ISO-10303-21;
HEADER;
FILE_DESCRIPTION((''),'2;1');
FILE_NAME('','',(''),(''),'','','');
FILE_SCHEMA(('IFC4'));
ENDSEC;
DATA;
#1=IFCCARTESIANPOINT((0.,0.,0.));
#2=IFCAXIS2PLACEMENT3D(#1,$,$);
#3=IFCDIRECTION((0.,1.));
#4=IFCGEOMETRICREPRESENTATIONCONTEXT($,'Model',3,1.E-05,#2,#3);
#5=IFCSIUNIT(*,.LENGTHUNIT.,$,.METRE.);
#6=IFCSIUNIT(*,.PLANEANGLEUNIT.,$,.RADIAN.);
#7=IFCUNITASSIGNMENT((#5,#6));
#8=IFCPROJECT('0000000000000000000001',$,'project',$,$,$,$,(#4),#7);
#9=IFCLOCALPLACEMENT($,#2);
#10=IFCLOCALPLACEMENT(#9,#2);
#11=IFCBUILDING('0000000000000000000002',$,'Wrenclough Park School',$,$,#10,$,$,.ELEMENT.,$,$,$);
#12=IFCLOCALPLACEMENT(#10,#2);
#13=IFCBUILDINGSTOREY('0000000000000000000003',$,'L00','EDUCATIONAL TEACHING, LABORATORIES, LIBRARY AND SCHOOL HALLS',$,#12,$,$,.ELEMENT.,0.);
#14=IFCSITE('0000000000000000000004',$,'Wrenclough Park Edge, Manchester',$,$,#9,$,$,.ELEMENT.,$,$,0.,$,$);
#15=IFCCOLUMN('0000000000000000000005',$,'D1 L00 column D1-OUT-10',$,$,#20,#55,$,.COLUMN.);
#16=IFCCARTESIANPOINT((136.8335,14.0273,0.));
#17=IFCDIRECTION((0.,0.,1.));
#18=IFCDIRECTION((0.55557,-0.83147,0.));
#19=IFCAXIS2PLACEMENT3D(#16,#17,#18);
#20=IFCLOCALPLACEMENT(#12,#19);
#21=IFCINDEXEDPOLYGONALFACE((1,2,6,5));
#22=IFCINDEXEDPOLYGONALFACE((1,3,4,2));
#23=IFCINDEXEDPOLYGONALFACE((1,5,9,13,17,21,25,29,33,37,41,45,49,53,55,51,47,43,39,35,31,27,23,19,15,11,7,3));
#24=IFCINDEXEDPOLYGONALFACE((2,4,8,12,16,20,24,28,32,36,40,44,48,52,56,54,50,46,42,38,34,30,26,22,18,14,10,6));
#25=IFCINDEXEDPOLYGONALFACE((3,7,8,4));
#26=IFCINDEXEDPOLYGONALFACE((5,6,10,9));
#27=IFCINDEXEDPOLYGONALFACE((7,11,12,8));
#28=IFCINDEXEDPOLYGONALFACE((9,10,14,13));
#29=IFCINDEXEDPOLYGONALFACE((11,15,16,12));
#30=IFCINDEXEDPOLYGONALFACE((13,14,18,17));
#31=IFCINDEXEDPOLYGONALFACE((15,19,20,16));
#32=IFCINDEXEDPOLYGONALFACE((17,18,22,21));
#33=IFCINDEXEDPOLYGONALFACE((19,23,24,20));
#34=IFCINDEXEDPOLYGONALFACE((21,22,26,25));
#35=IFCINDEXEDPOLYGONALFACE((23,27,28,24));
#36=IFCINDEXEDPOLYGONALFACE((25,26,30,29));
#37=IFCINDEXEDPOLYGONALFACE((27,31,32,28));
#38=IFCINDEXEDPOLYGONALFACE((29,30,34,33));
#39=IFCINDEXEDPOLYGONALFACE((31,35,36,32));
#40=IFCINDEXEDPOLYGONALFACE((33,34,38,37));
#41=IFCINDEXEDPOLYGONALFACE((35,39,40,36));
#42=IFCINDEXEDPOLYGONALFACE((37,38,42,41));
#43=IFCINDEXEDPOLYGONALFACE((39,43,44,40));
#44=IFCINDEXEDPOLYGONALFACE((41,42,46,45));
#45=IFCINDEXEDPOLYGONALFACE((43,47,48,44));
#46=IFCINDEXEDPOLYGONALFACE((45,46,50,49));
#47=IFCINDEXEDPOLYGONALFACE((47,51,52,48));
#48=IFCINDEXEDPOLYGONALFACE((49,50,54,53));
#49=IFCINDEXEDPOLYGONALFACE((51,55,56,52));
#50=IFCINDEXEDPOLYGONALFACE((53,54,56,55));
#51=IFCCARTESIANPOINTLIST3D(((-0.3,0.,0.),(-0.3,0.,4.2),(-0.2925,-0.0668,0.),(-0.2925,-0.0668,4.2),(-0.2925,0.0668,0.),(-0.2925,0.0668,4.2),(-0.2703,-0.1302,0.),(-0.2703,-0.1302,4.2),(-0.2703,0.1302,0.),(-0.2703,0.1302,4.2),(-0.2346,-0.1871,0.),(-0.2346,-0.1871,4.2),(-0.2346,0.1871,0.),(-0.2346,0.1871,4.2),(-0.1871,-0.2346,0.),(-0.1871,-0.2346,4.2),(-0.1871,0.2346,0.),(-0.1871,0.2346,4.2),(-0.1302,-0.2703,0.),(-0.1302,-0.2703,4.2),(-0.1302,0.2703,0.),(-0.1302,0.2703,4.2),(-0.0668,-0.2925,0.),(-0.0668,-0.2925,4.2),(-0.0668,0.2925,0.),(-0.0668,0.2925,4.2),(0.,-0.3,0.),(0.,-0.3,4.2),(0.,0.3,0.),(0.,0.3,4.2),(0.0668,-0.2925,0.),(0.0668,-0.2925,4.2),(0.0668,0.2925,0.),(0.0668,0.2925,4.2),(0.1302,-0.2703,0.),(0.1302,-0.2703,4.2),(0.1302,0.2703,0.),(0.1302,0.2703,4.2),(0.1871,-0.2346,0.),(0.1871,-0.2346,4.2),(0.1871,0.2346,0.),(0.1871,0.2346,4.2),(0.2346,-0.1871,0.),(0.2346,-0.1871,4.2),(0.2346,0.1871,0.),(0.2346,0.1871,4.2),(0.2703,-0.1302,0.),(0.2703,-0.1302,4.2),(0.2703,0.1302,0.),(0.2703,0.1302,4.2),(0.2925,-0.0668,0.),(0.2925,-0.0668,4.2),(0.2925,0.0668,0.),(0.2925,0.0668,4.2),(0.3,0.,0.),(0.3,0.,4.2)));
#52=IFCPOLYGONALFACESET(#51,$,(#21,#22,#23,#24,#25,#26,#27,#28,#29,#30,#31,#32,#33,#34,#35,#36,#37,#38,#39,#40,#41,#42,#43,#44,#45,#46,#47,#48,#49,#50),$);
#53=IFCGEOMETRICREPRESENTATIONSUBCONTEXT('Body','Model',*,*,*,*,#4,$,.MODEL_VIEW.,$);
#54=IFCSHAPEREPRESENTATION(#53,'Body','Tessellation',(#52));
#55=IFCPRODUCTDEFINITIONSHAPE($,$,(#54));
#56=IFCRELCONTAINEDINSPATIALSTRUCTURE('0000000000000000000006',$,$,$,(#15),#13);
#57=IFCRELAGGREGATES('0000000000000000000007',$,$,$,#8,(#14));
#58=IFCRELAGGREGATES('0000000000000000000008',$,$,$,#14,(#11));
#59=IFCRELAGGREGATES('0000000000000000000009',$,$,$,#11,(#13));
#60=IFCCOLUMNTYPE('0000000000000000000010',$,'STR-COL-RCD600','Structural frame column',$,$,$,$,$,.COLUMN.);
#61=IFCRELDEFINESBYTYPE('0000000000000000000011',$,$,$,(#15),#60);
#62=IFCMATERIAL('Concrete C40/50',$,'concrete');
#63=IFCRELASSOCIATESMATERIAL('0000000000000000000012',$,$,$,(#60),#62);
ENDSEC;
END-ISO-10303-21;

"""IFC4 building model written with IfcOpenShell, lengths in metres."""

from ifc_helpers import new_model, si_unit, direction, frame, origin, origin_2d, place, context, subcontext, project, spatial, circle, extrude, material, material_profile, profile_set, type_object, element, save


model = new_model("IFC4")

# Units and contexts
model_context = context("Model", 3, precision=1e-05, world=origin(), true_north=direction((0.0, 1.0)))
body_context = subcontext(model_context, "Body", "Model", "MODEL_VIEW")
ifc_project = project(units=[si_unit("LENGTHUNIT", "METRE"), si_unit("PLANEANGLEUNIT", "RADIAN")], contexts=[model_context])

# Site, building, storey
site_placement = place(None, origin())
site = spatial("IfcSite", under=ifc_project, at=site_placement, Name="Wrenclough Park Edge, Manchester", CompositionType="ELEMENT", RefElevation=0.0)
building_placement = place(site_placement, origin())
building = spatial("IfcBuilding", under=site, at=building_placement, Name="Wrenclough Park School", CompositionType="ELEMENT")
storey_placement = place(building_placement, origin())
storey = spatial("IfcBuildingStorey", under=building, at=storey_placement, Name="L00", Description="EDUCATIONAL TEACHING, LABORATORIES, LIBRARY AND SCHOOL HALLS", CompositionType="ELEMENT", Elevation=0.0)

# Column
ifc_material_1 = material(Name="Concrete C40/50", Category="concrete")
ifc_material_profile_1 = material_profile(ifc_material_1, circle(Radius=0.3, at=origin_2d()), Name="RC COL D600")
ifc_profile_set_1 = profile_set([ifc_material_profile_1], Name="Concrete C40/50")
column_type = type_object("IfcColumnType", Name="STR-COL-RCD600", Description="Structural frame column", PredefinedType="COLUMN", material=ifc_profile_set_1)
column_placement = place(storey_placement, frame((136.8335, 14.0273, 0.0), z_axis=(0.0, 0.0, 1.0), x_axis=(0.55557, -0.83147, 0.0)))
element("IfcColumn", 1, at=column_placement, inside=storey, type_object=column_type, Name="D1 L00 column D1-OUT-10", PredefinedType="COLUMN", context=body_context, shape_type="SweptSolid", body=[
    extrude(circle(Radius=0.3, at=origin_2d()), origin(), (0.0, 0.0, 1.0), 4.2),
])

save(model, "model.ifc")
